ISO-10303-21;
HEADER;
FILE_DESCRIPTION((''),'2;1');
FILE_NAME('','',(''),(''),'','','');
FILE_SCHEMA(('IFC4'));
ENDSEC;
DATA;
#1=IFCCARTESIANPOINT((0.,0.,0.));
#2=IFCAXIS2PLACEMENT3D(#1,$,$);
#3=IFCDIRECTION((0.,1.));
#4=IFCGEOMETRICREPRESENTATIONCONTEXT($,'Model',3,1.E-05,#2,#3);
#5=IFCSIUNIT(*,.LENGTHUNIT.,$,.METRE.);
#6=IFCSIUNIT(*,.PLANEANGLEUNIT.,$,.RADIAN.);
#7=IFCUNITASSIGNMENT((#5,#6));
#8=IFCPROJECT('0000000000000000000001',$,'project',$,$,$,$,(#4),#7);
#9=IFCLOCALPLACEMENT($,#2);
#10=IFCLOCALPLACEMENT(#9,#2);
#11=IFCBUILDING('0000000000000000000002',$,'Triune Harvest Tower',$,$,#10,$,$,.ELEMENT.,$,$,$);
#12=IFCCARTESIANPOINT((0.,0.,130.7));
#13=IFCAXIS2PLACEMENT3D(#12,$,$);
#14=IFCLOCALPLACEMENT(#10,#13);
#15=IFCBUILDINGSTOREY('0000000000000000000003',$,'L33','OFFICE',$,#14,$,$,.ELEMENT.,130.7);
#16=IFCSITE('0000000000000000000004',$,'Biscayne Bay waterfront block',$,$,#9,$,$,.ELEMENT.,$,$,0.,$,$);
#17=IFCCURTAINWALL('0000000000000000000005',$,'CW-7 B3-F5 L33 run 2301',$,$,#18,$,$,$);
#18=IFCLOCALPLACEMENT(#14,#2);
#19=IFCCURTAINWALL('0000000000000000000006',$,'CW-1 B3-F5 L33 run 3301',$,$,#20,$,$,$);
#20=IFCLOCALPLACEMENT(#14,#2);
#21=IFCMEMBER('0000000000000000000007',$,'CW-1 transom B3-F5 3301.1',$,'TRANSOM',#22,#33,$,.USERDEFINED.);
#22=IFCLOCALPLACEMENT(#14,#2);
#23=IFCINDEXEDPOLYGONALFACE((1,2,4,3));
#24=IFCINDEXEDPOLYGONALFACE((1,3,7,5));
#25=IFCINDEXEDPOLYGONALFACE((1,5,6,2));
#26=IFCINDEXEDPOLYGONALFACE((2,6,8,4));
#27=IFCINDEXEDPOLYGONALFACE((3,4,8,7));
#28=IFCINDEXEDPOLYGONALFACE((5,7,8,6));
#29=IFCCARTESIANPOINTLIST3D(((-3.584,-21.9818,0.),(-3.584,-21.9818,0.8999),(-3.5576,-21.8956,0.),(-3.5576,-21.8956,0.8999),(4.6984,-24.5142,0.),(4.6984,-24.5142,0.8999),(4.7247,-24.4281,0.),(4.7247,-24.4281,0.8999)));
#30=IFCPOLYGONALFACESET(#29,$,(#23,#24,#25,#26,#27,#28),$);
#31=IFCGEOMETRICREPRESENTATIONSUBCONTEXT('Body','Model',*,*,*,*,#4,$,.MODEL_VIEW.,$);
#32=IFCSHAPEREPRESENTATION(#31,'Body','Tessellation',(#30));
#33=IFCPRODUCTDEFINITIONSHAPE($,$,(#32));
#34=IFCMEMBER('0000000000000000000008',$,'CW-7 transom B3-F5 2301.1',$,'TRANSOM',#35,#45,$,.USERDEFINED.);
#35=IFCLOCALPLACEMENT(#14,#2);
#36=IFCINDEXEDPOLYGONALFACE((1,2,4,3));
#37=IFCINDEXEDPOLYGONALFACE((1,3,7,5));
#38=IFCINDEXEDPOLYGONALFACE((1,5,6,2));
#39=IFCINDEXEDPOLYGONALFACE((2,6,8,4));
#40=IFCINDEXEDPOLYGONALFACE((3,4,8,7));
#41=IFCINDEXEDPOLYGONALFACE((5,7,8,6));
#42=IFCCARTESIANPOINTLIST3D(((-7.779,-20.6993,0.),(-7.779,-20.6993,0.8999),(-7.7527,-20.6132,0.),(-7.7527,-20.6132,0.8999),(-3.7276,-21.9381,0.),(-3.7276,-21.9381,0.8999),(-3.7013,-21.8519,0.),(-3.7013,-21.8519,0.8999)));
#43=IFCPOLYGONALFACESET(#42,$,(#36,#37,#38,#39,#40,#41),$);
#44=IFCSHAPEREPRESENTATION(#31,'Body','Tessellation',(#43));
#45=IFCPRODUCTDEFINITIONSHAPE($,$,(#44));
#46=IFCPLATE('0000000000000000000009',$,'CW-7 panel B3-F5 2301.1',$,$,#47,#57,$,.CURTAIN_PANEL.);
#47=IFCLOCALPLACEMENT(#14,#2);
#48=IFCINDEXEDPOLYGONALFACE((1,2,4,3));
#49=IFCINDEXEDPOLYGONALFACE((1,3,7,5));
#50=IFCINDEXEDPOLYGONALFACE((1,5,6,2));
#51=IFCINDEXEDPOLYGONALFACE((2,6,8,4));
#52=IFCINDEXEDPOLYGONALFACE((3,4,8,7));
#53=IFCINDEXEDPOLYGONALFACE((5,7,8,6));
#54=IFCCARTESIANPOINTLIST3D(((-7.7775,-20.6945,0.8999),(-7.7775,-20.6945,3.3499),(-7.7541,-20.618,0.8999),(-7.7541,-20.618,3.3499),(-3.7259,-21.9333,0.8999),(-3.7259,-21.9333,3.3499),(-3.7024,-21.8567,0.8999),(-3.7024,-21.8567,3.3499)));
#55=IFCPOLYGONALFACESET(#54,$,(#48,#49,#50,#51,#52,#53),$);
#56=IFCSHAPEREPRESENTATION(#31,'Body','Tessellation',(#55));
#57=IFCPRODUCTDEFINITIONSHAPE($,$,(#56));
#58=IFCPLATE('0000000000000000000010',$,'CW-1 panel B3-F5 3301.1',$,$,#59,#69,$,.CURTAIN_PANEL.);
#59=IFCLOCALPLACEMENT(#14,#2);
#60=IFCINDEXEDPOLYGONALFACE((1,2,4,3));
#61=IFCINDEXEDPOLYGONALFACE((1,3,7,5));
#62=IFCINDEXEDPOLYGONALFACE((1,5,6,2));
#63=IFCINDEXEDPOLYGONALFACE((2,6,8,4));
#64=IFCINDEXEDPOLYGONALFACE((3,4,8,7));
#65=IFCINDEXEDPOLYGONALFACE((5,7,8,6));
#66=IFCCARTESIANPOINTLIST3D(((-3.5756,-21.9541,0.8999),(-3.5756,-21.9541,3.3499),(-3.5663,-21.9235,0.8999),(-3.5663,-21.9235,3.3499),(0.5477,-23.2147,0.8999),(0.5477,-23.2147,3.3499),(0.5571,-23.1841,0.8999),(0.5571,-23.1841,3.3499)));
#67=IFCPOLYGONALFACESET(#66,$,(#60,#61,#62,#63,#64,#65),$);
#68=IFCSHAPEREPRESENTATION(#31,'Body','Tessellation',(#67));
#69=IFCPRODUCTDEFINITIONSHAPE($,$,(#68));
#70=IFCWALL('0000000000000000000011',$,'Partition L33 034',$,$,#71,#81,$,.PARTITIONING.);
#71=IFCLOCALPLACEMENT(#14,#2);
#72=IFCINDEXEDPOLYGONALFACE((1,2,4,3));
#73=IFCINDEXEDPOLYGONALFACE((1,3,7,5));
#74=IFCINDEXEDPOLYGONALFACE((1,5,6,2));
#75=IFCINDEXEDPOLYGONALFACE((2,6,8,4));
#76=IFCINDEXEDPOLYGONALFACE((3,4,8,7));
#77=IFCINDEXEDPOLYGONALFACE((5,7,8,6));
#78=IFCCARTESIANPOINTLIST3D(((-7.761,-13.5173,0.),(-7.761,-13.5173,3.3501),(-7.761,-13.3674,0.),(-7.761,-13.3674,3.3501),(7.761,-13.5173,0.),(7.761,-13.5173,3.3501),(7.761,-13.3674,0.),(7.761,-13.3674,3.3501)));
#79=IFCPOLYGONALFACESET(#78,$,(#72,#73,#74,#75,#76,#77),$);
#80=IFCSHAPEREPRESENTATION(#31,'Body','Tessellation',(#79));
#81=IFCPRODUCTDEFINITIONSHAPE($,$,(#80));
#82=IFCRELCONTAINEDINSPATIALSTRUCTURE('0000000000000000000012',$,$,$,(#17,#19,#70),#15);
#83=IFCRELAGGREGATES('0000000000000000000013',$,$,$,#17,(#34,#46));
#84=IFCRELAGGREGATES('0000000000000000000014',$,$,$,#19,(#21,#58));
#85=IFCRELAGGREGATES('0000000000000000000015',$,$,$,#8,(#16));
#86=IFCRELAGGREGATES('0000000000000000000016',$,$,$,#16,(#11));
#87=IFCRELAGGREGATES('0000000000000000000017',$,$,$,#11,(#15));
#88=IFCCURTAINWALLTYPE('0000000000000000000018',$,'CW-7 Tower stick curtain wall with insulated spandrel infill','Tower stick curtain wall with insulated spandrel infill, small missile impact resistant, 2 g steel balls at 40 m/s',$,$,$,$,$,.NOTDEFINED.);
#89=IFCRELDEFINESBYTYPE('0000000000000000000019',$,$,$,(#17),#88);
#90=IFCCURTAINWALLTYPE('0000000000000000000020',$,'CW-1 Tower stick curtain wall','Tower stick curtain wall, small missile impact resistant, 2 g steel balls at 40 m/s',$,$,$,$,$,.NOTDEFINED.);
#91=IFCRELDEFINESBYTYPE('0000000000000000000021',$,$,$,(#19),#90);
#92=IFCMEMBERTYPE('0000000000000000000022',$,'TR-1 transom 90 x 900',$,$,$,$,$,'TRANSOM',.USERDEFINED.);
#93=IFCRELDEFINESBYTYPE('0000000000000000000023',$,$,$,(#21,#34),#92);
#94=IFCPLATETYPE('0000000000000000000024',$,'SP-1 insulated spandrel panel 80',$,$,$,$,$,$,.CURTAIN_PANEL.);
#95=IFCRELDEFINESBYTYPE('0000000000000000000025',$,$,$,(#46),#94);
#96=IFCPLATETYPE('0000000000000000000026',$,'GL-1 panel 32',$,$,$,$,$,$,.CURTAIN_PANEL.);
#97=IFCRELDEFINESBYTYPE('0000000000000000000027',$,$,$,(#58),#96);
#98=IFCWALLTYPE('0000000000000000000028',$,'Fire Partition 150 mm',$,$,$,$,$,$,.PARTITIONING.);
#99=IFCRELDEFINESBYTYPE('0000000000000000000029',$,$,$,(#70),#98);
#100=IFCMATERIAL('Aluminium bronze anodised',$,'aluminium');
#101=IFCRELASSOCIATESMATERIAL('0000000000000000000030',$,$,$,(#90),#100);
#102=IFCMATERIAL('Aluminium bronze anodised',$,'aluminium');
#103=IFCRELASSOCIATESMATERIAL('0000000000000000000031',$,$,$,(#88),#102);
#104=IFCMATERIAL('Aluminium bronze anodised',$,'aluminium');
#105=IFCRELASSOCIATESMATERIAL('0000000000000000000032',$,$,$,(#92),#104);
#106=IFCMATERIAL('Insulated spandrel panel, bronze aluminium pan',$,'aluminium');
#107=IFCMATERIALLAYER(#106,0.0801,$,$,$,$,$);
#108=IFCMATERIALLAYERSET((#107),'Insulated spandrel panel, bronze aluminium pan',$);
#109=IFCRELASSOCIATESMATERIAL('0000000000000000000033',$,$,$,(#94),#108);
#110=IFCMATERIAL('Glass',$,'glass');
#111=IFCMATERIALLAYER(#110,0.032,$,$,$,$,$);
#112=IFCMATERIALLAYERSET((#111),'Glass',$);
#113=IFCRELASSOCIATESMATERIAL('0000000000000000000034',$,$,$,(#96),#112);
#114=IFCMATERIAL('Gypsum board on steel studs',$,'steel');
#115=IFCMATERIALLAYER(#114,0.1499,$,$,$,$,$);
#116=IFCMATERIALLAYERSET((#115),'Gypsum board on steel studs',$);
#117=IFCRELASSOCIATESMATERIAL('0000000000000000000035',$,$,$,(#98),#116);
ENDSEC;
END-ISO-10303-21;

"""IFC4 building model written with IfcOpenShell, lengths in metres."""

from ifc_helpers import new_model, si_unit, direction, frame, frame_2d, origin, origin_2d, place, context, subcontext, project, spatial, rectangle, extrude, source, transform, mapped, material, layer, layer_set, material_profile, profile_set, type_object, element, aggregate, save


model = new_model("IFC4")

# Units and contexts
model_context = context("Model", 3, precision=1e-05, world=origin(), true_north=direction((0.0, 1.0)))
body_context = subcontext(model_context, "Body", "Model", "MODEL_VIEW")
ifc_project = project(units=[si_unit("LENGTHUNIT", "METRE"), si_unit("PLANEANGLEUNIT", "RADIAN")], contexts=[model_context])

# Site, building, storey
site_placement = place(None, origin())
site = spatial("IfcSite", under=ifc_project, at=site_placement, Name="Biscayne Bay waterfront block", CompositionType="ELEMENT", RefElevation=0.0)
building_placement = place(site_placement, origin())
building = spatial("IfcBuilding", under=site, at=building_placement, Name="Triune Harvest Tower", CompositionType="ELEMENT")
storey_placement = place(building_placement, frame((0.0, 0.0, 130.7)))
storey = spatial("IfcBuildingStorey", under=building, at=storey_placement, Name="L33", Description="OFFICE", CompositionType="ELEMENT", Elevation=130.7)

# Shared definitions
ifc_material_1 = material(Name="Aluminium bronze anodised", Category="aluminium")
curtain_wall_type_1 = type_object("IfcCurtainWallType", Name="CW-1 Tower stick curtain wall", Description="Tower stick curtain wall, small missile impact resistant, 2 g steel balls at 40 m/s", PredefinedType="NOTDEFINED", material=ifc_material_1)

# Curtain walls, member
ifc_material_2 = material(Name="Aluminium bronze anodised", Category="aluminium")
curtain_wall_type_2 = type_object("IfcCurtainWallType", Name="CW-7 Tower stick curtain wall with insulated spandrel infill", Description="Tower stick curtain wall with insulated spandrel infill, small missile impact resistant, 2 g steel balls at 40 m/s", PredefinedType="NOTDEFINED", material=ifc_material_2)
curtain_wall_1_placement = place(storey_placement, origin())
curtain_wall_1 = element("IfcCurtainWall", 1, at=curtain_wall_1_placement, inside=storey, type_object=curtain_wall_type_2, Name="CW-7 B3-F5 L33 run 2301")
curtain_wall_2_placement = place(storey_placement, origin())
curtain_wall_2 = element("IfcCurtainWall", 2, at=curtain_wall_2_placement, inside=storey, type_object=curtain_wall_type_1, Name="CW-1 B3-F5 L33 run 3301")
ifc_material_3 = material(Name="Aluminium bronze anodised", Category="aluminium")
ifc_material_profile_1 = material_profile(ifc_material_3, rectangle(XDim=0.0901, YDim=0.8999, at=origin_2d()), Name="TR-1 transom 90 x 900")
ifc_profile_set_1 = profile_set([ifc_material_profile_1], Name="Aluminium bronze anodised")
member_type_1 = type_object("IfcMemberType", Name="TR-1 transom 90 x 900", ElementType="TRANSOM", PredefinedType="USERDEFINED", material=ifc_profile_set_1)
shared_shape_1 = source(origin(), body_context, "Body", "SweptSolid", [
    extrude(rectangle(XDim=0.0901, YDim=0.8999, at=origin_2d()), origin(), (0.0, 0.0, 1.0), 8.6609),
])
member_1_placement = place(storey_placement, frame((-3.5708, -21.9387, 0.45), z_axis=(0.956296, -0.2924, 0.0), x_axis=(0.2924, 0.956296, 0.0)))
member_1 = element("IfcMember", 3, at=member_1_placement, type_object=member_type_1, Name="CW-1 transom B3-F5 3301.1", ObjectType="TRANSOM", PredefinedType="USERDEFINED", context=body_context, shape_type="MappedRepresentation", body=[
    mapped(shared_shape_1, transform((0.0, 0.0, 0.0), scale=1.0)),
])

# Member
shared_shape_2 = source(origin(), body_context, "Body", "SweptSolid", [
    extrude(rectangle(XDim=0.0901, YDim=0.8999, at=origin_2d()), origin(), (0.0, 0.0, 1.0), 4.2366),
])
member_2_placement = place(storey_placement, frame((-7.7659, -20.6562, 0.45), z_axis=(0.956298, -0.292393, 0.0), x_axis=(0.292393, 0.956298, 0.0)))
member_2 = element("IfcMember", 4, at=member_2_placement, type_object=member_type_1, Name="CW-7 transom B3-F5 2301.1", ObjectType="TRANSOM", PredefinedType="USERDEFINED", context=body_context, shape_type="MappedRepresentation", body=[
    mapped(shared_shape_2, transform((0.0, 0.0, 0.0), scale=1.0)),
])

# Plates
ifc_material_4 = material(Name="Insulated spandrel panel, bronze aluminium pan", Category="aluminium")
ifc_layer_1 = layer(ifc_material_4, 0.0801)
ifc_layer_set_1 = layer_set([ifc_layer_1], Name="Insulated spandrel panel, bronze aluminium pan")
plate_type_1 = type_object("IfcPlateType", Name="SP-1 insulated spandrel panel 80", PredefinedType="CURTAIN_PANEL", material=ifc_layer_set_1)
shared_shape_3 = source(origin(), body_context, "Body", "SweptSolid", [
    extrude(rectangle(XDim=4.2368, YDim=0.0801, at=origin_2d()), origin(), (0.0, 0.0, 1.0), 2.45),
])
plate_1_placement = place(storey_placement, frame((-5.74, -21.2756, 0.8999), z_axis=(0.0, 0.0, 1.0), x_axis=(0.956301, -0.292384, 0.0)))
plate_1 = element("IfcPlate", 5, at=plate_1_placement, type_object=plate_type_1, Name="CW-7 panel B3-F5 2301.1", PredefinedType="CURTAIN_PANEL", context=body_context, shape_type="MappedRepresentation", body=[
    mapped(shared_shape_3, transform((0.0, 0.0, 0.0), scale=1.0)),
])
aggregate(curtain_wall_1, [member_2, plate_1])
ifc_material_5 = material(Name="Glass", Category="glass")
ifc_layer_2 = layer(ifc_material_5, 0.032)
ifc_layer_set_2 = layer_set([ifc_layer_2], Name="Glass")
plate_type_2 = type_object("IfcPlateType", Name="GL-1 panel 32", PredefinedType="CURTAIN_PANEL", material=ifc_layer_set_2)
shared_shape_4 = source(origin(), body_context, "Body", "SweptSolid", [
    extrude(rectangle(XDim=4.3118, YDim=0.032, at=origin_2d()), origin(), (0.0, 0.0, 1.0), 2.45),
])
plate_2_placement = place(storey_placement, frame((-1.5093, -22.5691, 0.8999), z_axis=(0.0, 0.0, 1.0), x_axis=(0.956305, -0.292371, 0.0)))
plate_2 = element("IfcPlate", 6, at=plate_2_placement, type_object=plate_type_2, Name="CW-1 panel B3-F5 3301.1", PredefinedType="CURTAIN_PANEL", context=body_context, shape_type="MappedRepresentation", body=[
    mapped(shared_shape_4, transform((0.0, 0.0, 0.0), scale=1.0)),
])
aggregate(curtain_wall_2, [member_1, plate_2])

# Wall
ifc_material_6 = material(Name="Gypsum board on steel studs", Category="steel")
ifc_layer_3 = layer(ifc_material_6, 0.1499)
ifc_layer_set_3 = layer_set([ifc_layer_3], Name="Gypsum board on steel studs")
wall_type = type_object("IfcWallType", Name="Fire Partition 150 mm", PredefinedType="PARTITIONING", material=ifc_layer_set_3)
wall_placement = place(storey_placement, frame((-7.761, -13.4424, 0.0), z_axis=(0.0, 0.0, 1.0), x_axis=(1.0, 0.0, 0.0)))
element("IfcWall", 7, at=wall_placement, inside=storey, type_object=wall_type, Name="Partition L33 034", PredefinedType="PARTITIONING", context=body_context, shape_type="SweptSolid", body=[
    extrude(rectangle(XDim=15.522, YDim=0.1499, at=frame_2d((7.761, 0.0))), origin(), (0.0, 0.0, 1.0), 3.3501),
])

save(model, "model.ifc")
